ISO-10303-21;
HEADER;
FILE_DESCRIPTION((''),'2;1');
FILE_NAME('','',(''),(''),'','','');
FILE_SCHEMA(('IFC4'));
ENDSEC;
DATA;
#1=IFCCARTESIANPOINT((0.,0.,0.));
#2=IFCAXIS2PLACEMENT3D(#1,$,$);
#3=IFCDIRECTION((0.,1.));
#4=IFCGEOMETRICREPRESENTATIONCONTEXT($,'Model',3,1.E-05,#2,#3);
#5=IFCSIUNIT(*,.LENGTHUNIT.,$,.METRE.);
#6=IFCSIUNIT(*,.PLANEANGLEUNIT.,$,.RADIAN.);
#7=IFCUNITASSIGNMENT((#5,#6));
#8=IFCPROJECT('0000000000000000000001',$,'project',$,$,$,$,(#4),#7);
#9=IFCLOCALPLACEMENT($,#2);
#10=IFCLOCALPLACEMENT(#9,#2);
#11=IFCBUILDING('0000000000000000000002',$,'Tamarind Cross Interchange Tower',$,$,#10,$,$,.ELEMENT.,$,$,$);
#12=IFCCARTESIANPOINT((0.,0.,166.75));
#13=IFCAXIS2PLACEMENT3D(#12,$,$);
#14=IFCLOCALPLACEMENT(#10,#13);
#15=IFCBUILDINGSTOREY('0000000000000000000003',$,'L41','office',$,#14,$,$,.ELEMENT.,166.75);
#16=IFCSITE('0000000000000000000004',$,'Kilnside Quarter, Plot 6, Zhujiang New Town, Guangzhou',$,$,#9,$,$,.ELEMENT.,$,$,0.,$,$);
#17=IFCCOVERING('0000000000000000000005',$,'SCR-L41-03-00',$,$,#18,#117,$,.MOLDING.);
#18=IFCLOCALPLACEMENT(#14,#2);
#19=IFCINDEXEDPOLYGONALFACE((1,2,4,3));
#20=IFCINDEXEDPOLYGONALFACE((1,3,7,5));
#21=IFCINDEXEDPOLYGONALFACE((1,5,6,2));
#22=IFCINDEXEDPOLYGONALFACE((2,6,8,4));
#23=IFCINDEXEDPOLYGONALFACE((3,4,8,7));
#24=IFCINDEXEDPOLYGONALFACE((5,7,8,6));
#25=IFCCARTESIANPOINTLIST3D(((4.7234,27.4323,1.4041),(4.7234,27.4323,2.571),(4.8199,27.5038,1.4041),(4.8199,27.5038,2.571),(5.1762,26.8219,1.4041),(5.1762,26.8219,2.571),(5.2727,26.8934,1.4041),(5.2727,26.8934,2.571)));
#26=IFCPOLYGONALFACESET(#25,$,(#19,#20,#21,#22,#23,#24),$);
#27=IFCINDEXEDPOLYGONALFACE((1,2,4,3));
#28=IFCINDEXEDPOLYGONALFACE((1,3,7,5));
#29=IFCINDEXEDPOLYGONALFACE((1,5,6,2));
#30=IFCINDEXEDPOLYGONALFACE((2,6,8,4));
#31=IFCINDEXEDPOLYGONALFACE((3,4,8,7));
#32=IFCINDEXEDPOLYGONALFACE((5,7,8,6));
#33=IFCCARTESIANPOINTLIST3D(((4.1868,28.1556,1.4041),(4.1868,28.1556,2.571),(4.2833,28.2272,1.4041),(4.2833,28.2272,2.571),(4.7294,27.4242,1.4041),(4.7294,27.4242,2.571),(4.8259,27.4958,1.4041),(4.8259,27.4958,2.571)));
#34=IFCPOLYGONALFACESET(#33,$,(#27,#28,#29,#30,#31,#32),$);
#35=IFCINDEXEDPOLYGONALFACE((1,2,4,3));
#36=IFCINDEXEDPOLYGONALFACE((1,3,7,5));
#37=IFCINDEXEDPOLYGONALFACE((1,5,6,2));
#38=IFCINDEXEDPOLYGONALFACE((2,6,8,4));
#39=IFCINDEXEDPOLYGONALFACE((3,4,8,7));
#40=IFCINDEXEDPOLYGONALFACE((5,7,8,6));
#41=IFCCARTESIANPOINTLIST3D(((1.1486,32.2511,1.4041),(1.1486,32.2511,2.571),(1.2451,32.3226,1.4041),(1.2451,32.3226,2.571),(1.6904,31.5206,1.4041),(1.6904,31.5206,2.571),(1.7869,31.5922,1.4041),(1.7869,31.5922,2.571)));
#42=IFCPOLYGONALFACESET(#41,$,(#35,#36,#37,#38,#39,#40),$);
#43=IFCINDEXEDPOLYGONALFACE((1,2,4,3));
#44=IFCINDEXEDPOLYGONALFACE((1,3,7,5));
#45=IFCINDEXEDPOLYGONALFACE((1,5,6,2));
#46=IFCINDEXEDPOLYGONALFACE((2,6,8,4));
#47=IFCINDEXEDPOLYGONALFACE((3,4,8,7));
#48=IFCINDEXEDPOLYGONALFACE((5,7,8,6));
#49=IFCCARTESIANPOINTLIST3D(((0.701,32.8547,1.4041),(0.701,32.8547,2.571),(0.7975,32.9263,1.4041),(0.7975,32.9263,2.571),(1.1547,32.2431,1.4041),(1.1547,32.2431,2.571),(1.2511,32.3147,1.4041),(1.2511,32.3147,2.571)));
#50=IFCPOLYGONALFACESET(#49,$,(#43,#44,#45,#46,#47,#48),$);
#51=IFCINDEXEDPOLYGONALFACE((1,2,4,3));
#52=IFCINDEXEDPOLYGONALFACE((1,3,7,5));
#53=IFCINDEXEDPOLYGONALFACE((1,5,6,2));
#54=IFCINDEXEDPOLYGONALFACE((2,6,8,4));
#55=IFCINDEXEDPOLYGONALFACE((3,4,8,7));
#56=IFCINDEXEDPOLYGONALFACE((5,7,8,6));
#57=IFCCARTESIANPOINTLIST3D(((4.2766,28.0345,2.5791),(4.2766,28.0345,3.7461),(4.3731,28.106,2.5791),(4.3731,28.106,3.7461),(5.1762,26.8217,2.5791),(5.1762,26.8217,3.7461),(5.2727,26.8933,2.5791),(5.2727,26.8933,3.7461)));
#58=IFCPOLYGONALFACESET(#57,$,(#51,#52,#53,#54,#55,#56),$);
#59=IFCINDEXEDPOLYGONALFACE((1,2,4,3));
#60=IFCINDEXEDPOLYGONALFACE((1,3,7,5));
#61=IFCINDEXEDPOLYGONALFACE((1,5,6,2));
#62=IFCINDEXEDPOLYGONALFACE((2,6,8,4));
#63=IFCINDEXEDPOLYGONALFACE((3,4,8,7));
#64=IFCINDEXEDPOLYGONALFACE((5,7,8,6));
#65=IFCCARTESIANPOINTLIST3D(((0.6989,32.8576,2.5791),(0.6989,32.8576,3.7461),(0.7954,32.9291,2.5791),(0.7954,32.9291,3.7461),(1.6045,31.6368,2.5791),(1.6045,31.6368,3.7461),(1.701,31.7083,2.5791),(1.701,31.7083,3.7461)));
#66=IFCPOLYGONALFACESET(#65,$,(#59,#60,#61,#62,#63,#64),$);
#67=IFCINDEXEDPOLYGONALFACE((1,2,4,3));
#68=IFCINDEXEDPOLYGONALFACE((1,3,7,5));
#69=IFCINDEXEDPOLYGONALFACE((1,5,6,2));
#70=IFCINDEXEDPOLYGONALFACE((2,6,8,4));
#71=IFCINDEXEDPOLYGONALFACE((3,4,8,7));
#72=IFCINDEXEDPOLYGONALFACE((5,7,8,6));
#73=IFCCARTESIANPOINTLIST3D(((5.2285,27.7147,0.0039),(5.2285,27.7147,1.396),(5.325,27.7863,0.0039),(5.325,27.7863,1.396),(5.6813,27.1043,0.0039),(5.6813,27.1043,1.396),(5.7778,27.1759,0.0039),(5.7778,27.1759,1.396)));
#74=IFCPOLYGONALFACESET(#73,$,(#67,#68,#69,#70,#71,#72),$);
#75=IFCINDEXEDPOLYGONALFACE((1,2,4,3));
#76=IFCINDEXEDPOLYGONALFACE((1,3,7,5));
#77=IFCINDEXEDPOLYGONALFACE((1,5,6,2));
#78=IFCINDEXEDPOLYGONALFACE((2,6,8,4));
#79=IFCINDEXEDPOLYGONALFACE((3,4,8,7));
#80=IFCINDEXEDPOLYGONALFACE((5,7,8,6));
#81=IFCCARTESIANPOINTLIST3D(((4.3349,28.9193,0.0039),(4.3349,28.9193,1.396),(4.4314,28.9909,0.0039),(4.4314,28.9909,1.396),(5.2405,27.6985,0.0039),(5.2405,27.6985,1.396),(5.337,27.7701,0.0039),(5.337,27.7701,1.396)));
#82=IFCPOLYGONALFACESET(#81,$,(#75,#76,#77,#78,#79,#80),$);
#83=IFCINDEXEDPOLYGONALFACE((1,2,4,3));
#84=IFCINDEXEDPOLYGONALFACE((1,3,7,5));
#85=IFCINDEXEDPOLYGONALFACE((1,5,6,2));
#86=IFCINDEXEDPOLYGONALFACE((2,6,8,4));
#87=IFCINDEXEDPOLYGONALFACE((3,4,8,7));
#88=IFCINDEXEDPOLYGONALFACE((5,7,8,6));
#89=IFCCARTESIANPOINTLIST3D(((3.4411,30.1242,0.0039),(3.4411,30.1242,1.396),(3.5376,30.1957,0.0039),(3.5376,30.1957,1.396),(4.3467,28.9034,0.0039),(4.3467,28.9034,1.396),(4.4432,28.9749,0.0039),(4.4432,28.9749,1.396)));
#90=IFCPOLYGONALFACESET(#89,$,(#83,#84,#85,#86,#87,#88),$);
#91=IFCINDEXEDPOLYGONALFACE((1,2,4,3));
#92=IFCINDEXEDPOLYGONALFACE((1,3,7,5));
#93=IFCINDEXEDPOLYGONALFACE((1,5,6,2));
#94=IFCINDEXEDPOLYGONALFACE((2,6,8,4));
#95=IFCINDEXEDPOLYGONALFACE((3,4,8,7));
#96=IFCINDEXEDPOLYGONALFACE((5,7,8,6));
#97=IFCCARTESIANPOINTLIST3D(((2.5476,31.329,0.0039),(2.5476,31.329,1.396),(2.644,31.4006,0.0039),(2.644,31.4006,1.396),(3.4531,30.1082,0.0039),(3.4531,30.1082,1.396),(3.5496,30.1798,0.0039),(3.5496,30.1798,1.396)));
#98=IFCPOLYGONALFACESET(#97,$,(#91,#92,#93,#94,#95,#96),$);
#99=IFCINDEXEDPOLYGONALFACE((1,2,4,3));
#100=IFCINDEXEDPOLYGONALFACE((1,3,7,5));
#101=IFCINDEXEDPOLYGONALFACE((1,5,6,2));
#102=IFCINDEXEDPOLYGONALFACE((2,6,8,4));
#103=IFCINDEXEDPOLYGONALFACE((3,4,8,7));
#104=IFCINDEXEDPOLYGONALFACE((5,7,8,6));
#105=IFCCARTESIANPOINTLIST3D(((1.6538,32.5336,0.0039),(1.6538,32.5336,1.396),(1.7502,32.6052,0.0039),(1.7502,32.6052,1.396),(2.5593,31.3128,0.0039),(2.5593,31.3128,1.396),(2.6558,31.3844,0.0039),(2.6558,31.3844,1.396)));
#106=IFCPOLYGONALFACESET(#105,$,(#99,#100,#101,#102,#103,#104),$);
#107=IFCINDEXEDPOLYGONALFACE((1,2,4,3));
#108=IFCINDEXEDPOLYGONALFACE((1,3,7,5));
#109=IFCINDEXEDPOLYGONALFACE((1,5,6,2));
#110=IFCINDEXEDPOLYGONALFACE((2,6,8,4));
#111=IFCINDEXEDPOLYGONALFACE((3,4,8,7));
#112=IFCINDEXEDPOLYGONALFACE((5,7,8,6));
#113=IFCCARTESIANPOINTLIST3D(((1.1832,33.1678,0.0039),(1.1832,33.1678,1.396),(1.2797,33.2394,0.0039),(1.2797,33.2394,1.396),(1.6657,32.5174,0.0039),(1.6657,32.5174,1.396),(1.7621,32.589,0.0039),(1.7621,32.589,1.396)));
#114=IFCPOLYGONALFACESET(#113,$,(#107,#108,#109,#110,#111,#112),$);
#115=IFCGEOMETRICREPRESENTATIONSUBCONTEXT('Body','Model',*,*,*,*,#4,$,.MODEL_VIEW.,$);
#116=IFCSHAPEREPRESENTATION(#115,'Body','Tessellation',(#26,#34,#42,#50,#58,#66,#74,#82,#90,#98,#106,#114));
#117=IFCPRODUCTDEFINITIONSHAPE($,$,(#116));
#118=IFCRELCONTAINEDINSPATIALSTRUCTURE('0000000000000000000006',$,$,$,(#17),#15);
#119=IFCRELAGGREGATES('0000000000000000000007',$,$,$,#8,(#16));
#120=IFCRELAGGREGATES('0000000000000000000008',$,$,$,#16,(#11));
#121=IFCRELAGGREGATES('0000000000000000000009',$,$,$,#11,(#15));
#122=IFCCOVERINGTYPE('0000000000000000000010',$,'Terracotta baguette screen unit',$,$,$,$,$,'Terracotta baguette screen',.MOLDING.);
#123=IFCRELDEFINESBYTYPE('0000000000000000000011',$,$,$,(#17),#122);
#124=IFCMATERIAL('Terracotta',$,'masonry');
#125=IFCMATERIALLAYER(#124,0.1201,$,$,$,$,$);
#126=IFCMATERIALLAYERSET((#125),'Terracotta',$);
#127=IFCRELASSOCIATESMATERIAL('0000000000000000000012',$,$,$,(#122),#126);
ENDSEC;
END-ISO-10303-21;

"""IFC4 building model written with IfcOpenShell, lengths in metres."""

from ifc_helpers import new_model, si_unit, direction, frame, origin, origin_2d, place, context, subcontext, project, spatial, rectangle, extrude, material, layer, layer_set, type_object, element, save


model = new_model("IFC4")

# Units and contexts
model_context = context("Model", 3, precision=1e-05, world=origin(), true_north=direction((0.0, 1.0)))
body_context = subcontext(model_context, "Body", "Model", "MODEL_VIEW")
ifc_project = project(units=[si_unit("LENGTHUNIT", "METRE"), si_unit("PLANEANGLEUNIT", "RADIAN")], contexts=[model_context])

# Site, building, storey
site_placement = place(None, origin())
site = spatial("IfcSite", under=ifc_project, at=site_placement, Name="Kilnside Quarter, Plot 6, Zhujiang New Town, Guangzhou", CompositionType="ELEMENT", RefElevation=0.0)
building_placement = place(site_placement, origin())
building = spatial("IfcBuilding", under=site, at=building_placement, Name="Tamarind Cross Interchange Tower", CompositionType="ELEMENT")
storey_placement = place(building_placement, frame((0.0, 0.0, 166.75)))
storey = spatial("IfcBuildingStorey", under=building, at=storey_placement, Name="L41", Description="office", CompositionType="ELEMENT", Elevation=166.75)

# Covering
ifc_material_1 = material(Name="Terracotta", Category="masonry")
ifc_layer_1 = layer(ifc_material_1, 0.1201)
ifc_layer_set_1 = layer_set([ifc_layer_1], Name="Terracotta")
covering_type = type_object("IfcCoveringType", Name="Terracotta baguette screen unit", ElementType="Terracotta baguette screen", PredefinedType="MOLDING", material=ifc_layer_set_1)
covering_1_placement = place(storey_placement, origin())
element("IfcCovering", 1, at=covering_1_placement, inside=storey, type_object=covering_type, Name="SCR-L41-03-00", PredefinedType="MOLDING", context=body_context, shape_type="SweptSolid", body=[
    extrude(rectangle(XDim=0.76, YDim=0.1201, at=origin_2d()), frame((4.998, 27.1628, 1.4041), z_axis=(0.0, 0.0, 1.0), x_axis=(-0.595776, 0.80315, 0.0)), (0.0, 0.0, 1.0), 1.167),
    extrude(rectangle(XDim=0.9106, YDim=0.1201, at=origin_2d()), frame((4.5063, 27.8257, 1.4041), z_axis=(0.0, 0.0, 1.0), x_axis=(-0.595776, 0.80315, 0.0)), (0.0, 0.0, 1.0), 1.167),
    extrude(rectangle(XDim=0.9094, YDim=0.1201, at=origin_2d()), frame((1.4678, 31.9216, 1.4041), z_axis=(0.0, 0.0, 1.0), x_axis=(-0.595776, 0.80315, 0.0)), (0.0, 0.0, 1.0), 1.167),
    extrude(rectangle(XDim=0.7615, YDim=0.1201, at=origin_2d()), frame((0.9761, 32.5847, 1.4041), z_axis=(0.0, 0.0, 1.0), x_axis=(-0.595776, 0.80315, 0.0)), (0.0, 0.0, 1.0), 1.167),
    extrude(rectangle(XDim=1.51, YDim=0.1201, at=origin_2d()), frame((4.7747, 27.4639, 2.5791), z_axis=(0.0, 0.0, 1.0), x_axis=(-0.595776, 0.80315, 0.0)), (0.0, 0.0, 1.0), 1.167),
    extrude(rectangle(XDim=1.52, YDim=0.1201, at=origin_2d()), frame((1.2, 32.283, 2.5791), z_axis=(0.0, 0.0, 1.0), x_axis=(-0.595776, 0.80315, 0.0)), (0.0, 0.0, 1.0), 1.167),
    extrude(rectangle(XDim=0.76, YDim=0.1201, at=origin_2d()), frame((5.5032, 27.4453, 0.0039), z_axis=(0.0, 0.0, 1.0), x_axis=(-0.595776, 0.80315, 0.0)), (0.0, 0.0, 1.0), 1.3921),
    extrude(rectangle(XDim=1.52, YDim=0.1201, at=origin_2d()), frame((4.8359, 28.3447, 0.0039), z_axis=(0.0, 0.0, 1.0), x_axis=(-0.595776, 0.80315, 0.0)), (0.0, 0.0, 1.0), 1.3921),
    extrude(rectangle(XDim=1.52, YDim=0.1201, at=origin_2d()), frame((3.9421, 29.5496, 0.0039), z_axis=(0.0, 0.0, 1.0), x_axis=(-0.595776, 0.80315, 0.0)), (0.0, 0.0, 1.0), 1.3921),
    extrude(rectangle(XDim=1.52, YDim=0.1201, at=origin_2d()), frame((3.0486, 30.7544, 0.0039), z_axis=(0.0, 0.0, 1.0), x_axis=(-0.595776, 0.80315, 0.0)), (0.0, 0.0, 1.0), 1.3921),
    extrude(rectangle(XDim=1.52, YDim=0.1201, at=origin_2d()), frame((2.1548, 31.959, 0.0039), z_axis=(0.0, 0.0, 1.0), x_axis=(-0.595776, 0.80315, 0.0)), (0.0, 0.0, 1.0), 1.3921),
    extrude(rectangle(XDim=0.8098, YDim=0.1201, at=origin_2d()), frame((1.4727, 32.8784, 0.0039), z_axis=(0.0, 0.0, 1.0), x_axis=(-0.595776, 0.80315, 0.0)), (0.0, 0.0, 1.0), 1.3921),
])

save(model, "model.ifc")
